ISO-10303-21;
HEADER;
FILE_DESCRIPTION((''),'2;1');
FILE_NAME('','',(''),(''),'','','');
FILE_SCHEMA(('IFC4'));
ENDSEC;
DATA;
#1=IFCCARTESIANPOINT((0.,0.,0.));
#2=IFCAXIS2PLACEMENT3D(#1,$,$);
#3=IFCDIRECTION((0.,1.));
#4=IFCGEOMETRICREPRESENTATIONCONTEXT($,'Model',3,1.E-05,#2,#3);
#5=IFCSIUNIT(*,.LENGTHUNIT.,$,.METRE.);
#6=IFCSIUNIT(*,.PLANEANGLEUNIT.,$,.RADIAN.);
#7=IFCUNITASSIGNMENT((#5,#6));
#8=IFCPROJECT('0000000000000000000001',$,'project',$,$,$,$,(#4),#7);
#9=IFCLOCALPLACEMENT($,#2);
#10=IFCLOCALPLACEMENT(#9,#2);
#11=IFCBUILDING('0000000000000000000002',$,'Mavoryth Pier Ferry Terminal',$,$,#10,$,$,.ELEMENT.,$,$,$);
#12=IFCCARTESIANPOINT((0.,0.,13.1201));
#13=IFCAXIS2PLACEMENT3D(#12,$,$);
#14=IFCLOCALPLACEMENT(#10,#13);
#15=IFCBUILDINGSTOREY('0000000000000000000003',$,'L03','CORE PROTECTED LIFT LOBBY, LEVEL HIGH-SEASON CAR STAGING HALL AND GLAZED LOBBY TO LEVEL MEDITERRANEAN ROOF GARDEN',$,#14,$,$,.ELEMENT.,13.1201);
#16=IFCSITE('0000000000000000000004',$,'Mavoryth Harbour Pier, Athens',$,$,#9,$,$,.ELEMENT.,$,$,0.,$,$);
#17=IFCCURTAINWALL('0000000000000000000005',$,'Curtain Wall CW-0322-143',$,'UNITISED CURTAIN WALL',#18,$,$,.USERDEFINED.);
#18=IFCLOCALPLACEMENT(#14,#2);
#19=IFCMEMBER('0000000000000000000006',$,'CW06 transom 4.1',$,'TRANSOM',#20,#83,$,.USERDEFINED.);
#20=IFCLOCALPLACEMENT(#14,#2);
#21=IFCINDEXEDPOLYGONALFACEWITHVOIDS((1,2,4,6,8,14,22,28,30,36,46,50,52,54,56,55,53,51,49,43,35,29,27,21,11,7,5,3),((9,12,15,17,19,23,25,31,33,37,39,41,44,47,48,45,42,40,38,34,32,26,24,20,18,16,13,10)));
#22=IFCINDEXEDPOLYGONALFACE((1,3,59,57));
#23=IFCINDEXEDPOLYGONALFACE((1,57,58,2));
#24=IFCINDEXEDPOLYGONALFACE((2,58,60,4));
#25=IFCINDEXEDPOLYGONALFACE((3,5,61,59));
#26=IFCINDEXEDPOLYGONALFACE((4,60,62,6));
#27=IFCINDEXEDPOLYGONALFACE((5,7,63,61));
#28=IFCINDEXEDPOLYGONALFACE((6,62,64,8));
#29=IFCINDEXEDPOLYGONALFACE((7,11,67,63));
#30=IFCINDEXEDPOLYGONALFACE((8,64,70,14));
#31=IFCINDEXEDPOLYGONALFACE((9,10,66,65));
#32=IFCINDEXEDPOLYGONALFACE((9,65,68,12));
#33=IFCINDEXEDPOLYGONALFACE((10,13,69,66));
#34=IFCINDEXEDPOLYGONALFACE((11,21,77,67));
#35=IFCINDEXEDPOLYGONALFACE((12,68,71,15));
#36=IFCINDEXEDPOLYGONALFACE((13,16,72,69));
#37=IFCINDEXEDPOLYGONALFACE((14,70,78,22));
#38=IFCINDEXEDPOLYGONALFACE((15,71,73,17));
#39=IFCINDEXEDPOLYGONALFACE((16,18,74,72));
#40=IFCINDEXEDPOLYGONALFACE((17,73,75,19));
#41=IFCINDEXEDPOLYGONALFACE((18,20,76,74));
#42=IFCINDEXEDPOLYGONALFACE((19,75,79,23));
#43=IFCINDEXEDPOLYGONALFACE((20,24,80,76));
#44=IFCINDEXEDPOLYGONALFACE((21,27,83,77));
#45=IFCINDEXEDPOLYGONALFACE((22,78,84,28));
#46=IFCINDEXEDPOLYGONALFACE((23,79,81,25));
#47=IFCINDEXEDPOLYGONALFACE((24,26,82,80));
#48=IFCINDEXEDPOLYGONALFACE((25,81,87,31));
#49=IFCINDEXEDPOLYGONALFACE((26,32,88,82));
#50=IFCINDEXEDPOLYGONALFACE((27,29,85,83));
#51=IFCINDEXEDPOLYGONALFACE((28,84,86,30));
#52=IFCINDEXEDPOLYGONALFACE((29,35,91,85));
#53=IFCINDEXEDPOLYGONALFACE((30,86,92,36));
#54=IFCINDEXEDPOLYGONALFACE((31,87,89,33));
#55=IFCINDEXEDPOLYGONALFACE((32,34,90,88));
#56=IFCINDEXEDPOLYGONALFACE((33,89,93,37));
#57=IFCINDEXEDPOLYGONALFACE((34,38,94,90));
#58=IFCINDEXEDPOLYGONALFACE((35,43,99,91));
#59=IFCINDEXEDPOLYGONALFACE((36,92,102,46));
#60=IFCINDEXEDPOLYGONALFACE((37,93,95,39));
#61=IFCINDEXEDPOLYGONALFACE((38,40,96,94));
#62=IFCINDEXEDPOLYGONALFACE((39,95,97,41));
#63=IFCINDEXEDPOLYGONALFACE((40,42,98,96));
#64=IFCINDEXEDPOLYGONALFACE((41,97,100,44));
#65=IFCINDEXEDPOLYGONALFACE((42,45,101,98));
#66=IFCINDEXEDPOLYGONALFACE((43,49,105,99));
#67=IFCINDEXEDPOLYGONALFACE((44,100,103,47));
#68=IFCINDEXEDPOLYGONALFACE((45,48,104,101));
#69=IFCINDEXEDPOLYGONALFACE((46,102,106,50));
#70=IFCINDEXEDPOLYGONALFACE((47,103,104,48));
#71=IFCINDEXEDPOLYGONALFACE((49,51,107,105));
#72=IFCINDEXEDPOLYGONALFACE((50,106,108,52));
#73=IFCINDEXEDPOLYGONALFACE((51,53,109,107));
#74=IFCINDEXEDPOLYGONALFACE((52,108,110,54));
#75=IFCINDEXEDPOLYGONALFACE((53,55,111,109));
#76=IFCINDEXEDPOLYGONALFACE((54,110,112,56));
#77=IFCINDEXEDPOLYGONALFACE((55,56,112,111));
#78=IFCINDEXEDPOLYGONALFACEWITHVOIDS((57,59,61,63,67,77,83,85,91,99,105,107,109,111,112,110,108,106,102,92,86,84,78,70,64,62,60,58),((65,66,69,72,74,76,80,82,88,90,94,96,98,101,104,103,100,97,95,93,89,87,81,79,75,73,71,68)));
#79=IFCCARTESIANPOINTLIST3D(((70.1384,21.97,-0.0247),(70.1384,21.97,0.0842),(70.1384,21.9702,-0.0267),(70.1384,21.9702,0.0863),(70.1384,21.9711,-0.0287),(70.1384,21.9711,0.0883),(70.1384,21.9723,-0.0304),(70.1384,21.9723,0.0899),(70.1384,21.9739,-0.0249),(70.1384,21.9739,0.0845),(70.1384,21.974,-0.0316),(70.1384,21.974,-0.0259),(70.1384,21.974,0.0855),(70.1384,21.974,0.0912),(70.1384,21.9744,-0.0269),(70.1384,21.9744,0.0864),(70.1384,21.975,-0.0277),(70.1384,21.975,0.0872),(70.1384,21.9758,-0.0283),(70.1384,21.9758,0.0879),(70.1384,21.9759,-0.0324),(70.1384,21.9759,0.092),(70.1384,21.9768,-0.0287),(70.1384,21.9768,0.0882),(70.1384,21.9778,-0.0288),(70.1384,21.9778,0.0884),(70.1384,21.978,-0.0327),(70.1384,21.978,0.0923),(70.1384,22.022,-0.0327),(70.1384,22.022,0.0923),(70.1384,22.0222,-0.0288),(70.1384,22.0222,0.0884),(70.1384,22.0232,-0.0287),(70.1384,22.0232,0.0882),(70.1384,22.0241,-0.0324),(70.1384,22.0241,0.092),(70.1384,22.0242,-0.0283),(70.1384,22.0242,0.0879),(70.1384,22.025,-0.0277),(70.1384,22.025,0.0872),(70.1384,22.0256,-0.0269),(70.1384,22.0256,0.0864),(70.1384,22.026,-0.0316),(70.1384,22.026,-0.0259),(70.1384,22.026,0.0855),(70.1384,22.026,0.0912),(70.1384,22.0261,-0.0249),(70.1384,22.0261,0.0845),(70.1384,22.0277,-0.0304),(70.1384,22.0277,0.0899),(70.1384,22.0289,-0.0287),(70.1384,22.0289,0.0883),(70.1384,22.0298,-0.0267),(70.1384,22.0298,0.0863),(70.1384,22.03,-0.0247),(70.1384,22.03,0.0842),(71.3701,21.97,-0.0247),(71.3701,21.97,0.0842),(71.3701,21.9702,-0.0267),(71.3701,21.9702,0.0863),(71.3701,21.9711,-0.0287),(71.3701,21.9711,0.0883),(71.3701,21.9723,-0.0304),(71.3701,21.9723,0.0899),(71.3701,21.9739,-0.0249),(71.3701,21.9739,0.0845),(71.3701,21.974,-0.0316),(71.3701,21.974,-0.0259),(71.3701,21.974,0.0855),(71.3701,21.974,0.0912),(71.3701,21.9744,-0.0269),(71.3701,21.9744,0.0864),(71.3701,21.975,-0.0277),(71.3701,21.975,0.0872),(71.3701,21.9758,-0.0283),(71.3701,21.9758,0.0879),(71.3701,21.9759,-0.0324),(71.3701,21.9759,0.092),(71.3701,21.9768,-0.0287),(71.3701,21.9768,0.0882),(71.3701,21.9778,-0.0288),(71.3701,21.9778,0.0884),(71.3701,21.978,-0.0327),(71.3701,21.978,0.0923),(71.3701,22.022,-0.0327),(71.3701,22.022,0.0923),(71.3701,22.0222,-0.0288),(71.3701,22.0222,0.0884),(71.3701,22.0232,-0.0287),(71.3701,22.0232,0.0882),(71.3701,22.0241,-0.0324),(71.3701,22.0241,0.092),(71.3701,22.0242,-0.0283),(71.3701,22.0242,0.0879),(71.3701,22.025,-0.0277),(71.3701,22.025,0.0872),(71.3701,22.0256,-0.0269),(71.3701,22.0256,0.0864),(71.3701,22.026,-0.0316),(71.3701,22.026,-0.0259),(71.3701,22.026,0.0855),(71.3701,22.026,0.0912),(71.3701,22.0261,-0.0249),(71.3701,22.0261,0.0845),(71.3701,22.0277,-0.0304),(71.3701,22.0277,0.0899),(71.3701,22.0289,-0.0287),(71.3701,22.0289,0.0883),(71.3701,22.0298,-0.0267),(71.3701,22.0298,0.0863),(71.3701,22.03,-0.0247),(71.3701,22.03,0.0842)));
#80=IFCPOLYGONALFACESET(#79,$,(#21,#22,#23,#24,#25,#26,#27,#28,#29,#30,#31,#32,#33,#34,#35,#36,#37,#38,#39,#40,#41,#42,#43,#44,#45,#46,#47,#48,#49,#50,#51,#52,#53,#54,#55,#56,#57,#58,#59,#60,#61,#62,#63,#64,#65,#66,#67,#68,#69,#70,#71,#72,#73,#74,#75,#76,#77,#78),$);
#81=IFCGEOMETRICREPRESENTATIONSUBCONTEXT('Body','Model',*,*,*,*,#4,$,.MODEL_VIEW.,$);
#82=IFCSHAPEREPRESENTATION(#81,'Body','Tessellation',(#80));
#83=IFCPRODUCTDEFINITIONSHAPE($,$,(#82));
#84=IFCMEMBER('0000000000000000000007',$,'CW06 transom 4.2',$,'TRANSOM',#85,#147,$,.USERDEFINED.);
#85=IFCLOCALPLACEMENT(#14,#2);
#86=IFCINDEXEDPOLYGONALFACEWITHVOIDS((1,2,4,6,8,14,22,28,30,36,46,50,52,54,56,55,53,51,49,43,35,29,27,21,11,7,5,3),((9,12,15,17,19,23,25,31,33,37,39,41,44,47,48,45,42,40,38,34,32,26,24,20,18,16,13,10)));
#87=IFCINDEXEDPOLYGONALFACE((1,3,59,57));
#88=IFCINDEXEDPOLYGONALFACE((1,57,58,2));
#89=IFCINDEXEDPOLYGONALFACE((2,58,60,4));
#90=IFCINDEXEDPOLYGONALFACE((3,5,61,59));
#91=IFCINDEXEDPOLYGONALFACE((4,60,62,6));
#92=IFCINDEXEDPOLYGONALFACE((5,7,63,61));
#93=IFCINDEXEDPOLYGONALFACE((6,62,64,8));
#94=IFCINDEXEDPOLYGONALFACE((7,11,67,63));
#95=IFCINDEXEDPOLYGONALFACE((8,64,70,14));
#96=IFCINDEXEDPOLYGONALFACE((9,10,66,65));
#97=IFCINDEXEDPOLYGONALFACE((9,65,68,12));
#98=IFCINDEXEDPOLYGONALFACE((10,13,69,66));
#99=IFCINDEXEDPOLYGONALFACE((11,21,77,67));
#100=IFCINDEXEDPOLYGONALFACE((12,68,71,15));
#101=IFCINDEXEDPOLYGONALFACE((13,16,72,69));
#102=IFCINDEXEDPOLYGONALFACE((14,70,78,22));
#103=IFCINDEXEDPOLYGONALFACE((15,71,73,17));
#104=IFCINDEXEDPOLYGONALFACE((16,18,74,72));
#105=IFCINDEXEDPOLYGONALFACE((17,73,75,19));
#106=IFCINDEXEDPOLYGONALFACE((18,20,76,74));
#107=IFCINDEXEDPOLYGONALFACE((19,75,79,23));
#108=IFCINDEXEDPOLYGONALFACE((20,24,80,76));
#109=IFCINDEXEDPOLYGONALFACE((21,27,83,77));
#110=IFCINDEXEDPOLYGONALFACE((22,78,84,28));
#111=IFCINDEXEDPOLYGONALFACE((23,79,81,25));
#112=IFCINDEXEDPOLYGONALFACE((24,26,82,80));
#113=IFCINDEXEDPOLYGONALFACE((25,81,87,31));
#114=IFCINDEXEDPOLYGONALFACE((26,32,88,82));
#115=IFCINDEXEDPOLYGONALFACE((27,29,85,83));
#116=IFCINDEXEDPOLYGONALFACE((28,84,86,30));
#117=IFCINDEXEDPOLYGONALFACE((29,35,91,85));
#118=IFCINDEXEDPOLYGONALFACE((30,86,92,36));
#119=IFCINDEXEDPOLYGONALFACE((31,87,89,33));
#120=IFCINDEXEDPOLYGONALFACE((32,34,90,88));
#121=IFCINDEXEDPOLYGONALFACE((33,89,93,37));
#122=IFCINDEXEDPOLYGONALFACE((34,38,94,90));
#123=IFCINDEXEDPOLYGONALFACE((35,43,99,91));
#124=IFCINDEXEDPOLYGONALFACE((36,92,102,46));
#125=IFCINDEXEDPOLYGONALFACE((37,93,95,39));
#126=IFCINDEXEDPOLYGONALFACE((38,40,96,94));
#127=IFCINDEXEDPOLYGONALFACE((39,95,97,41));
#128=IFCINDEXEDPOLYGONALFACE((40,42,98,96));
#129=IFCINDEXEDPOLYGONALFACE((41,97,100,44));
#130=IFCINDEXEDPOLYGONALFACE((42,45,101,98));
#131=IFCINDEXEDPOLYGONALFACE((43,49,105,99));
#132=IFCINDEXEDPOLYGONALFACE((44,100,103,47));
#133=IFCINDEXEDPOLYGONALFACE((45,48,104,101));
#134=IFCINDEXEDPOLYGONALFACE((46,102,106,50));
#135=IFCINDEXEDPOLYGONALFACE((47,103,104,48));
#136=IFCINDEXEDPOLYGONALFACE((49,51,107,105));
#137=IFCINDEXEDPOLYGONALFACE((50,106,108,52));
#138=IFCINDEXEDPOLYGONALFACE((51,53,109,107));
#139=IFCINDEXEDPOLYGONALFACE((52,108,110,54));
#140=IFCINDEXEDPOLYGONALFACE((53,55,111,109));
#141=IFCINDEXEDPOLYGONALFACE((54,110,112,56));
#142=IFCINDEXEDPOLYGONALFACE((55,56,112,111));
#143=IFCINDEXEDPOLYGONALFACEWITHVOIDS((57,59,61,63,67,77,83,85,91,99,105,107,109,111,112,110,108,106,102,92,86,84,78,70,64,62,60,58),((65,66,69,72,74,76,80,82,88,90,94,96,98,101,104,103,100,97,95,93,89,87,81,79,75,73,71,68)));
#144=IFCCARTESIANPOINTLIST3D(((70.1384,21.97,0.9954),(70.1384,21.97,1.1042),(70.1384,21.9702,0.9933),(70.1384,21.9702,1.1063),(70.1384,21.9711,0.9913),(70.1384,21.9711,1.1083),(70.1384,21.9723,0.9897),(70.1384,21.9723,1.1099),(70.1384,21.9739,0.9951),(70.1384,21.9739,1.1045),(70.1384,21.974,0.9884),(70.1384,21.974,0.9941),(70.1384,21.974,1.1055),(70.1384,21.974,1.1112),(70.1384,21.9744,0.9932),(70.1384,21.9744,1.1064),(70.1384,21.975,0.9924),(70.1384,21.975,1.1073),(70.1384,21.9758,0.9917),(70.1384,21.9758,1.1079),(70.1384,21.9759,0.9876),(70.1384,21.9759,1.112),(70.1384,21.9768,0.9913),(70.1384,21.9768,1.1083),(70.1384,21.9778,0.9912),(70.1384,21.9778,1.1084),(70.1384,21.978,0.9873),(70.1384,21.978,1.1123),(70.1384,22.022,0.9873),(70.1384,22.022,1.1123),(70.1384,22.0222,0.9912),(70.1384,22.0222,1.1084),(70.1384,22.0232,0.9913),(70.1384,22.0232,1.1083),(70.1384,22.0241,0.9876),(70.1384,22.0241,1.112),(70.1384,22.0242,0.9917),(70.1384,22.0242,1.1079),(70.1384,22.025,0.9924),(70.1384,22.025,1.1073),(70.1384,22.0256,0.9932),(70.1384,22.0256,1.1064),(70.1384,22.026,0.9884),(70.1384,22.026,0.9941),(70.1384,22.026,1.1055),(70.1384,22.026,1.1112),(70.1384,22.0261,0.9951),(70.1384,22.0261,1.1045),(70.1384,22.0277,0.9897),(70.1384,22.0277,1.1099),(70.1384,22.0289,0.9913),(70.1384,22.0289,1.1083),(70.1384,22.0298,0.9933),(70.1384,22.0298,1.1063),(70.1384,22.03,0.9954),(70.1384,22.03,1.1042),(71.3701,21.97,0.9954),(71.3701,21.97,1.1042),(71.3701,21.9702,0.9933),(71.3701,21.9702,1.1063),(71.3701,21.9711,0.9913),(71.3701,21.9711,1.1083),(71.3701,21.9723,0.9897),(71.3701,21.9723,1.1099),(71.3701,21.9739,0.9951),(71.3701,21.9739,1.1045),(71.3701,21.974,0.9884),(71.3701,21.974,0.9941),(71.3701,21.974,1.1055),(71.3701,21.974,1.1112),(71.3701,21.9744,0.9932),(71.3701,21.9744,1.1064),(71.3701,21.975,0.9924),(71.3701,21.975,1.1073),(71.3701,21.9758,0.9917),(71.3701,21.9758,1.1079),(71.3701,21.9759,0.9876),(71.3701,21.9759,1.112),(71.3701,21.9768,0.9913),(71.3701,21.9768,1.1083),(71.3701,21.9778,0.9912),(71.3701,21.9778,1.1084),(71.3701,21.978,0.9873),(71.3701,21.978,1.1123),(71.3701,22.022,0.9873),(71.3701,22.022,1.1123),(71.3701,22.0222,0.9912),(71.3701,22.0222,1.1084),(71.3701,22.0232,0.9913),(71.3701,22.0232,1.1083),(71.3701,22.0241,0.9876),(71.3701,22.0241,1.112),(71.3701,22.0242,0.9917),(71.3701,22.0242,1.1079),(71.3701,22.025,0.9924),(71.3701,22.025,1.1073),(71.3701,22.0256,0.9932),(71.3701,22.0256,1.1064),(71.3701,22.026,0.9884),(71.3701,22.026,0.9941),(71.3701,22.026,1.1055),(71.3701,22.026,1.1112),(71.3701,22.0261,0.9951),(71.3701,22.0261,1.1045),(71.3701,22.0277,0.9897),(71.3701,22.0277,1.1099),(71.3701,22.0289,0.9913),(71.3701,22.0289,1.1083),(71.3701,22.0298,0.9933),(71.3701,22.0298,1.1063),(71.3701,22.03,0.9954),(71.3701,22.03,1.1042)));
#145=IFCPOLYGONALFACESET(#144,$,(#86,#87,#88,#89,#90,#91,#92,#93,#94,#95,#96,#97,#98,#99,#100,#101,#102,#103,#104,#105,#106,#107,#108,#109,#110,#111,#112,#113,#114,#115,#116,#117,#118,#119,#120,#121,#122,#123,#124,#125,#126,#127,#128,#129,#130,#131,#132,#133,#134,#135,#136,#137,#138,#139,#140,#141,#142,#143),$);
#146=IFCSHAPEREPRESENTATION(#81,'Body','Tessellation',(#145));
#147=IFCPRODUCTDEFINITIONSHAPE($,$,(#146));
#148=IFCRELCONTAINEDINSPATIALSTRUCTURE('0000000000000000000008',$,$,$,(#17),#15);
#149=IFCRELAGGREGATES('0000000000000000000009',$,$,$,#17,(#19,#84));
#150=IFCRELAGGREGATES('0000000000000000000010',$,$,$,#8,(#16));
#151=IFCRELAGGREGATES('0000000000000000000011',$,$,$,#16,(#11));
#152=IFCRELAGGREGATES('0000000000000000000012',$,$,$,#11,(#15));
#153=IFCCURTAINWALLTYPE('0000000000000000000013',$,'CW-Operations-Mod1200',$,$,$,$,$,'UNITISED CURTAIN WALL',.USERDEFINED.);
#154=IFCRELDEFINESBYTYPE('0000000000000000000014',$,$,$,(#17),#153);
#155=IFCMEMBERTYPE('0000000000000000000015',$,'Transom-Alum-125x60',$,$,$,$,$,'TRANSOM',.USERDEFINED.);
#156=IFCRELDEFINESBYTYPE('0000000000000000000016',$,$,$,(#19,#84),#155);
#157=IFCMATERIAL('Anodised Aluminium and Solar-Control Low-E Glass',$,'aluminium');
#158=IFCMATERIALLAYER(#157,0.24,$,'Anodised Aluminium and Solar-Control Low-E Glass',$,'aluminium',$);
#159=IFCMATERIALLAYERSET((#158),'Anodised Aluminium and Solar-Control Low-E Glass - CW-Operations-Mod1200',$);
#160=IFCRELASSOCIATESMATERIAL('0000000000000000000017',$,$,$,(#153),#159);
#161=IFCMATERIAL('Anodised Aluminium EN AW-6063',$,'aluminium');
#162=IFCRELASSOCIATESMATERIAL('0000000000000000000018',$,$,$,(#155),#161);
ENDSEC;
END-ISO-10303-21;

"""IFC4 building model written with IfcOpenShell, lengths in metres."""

from ifc_helpers import new_model, si_unit, direction, frame, origin, origin_2d, place, context, subcontext, project, spatial, hollow_rectangle, extrude, material, layer, layer_set, material_profile, profile_set, type_object, element, aggregate, save


model = new_model("IFC4")

# Units and contexts
model_context = context("Model", 3, precision=1e-05, world=origin(), true_north=direction((0.0, 1.0)))
body_context = subcontext(model_context, "Body", "Model", "MODEL_VIEW")
ifc_project = project(units=[si_unit("LENGTHUNIT", "METRE"), si_unit("PLANEANGLEUNIT", "RADIAN")], contexts=[model_context])

# Site, building, storey
site_placement = place(None, origin())
site = spatial("IfcSite", under=ifc_project, at=site_placement, Name="Mavoryth Harbour Pier, Athens", CompositionType="ELEMENT", RefElevation=0.0)
building_placement = place(site_placement, origin())
building = spatial("IfcBuilding", under=site, at=building_placement, Name="Mavoryth Pier Ferry Terminal", CompositionType="ELEMENT")
storey_placement = place(building_placement, frame((0.0, 0.0, 13.1201)))
storey = spatial("IfcBuildingStorey", under=building, at=storey_placement, Name="L03", Description="CORE PROTECTED LIFT LOBBY, LEVEL HIGH-SEASON CAR STAGING HALL AND GLAZED LOBBY TO LEVEL MEDITERRANEAN ROOF GARDEN", CompositionType="ELEMENT", Elevation=13.1201)

# Curtain wall, members
ifc_material_1 = material(Name="Anodised Aluminium and Solar-Control Low-E Glass", Category="aluminium")
ifc_layer_1 = layer(ifc_material_1, 0.24, Name="Anodised Aluminium and Solar-Control Low-E Glass", Category="aluminium")
ifc_layer_set_1 = layer_set([ifc_layer_1], Name="Anodised Aluminium and Solar-Control Low-E Glass - CW-Operations-Mod1200")
curtain_wall_type = type_object("IfcCurtainWallType", Name="CW-Operations-Mod1200", ElementType="UNITISED CURTAIN WALL", PredefinedType="USERDEFINED", material=ifc_layer_set_1)
curtain_wall_placement = place(storey_placement, origin())
curtain_wall = element("IfcCurtainWall", 1, at=curtain_wall_placement, inside=storey, type_object=curtain_wall_type, Name="Curtain Wall CW-0322-143", ObjectType="UNITISED CURTAIN WALL", PredefinedType="USERDEFINED")
ifc_material_2 = material(Name="Anodised Aluminium EN AW-6063", Category="aluminium")
ifc_material_profile_1 = material_profile(ifc_material_2, hollow_rectangle(XDim=0.0601, YDim=0.125, WallThickness=0.0039, InnerFilletRadius=0.0039, OuterFilletRadius=0.0081, at=origin_2d()), Name="AL-TRAN 125x60x4", Category="aluminium")
ifc_profile_set_1 = profile_set([ifc_material_profile_1], Name="Anodised Aluminium EN AW-6063 - AL-TRAN 125x60x4")
member_type_1 = type_object("IfcMemberType", Name="Transom-Alum-125x60", ElementType="TRANSOM", PredefinedType="USERDEFINED", material=ifc_profile_set_1)
member_1_placement = place(storey_placement, frame((71.3701, 22.0, 0.0298), z_axis=(-1.0, 0.0, 0.0), x_axis=(0.0, -1.0, 0.0)))
member_1 = element("IfcMember", 2, at=member_1_placement, type_object=member_type_1, Name="CW06 transom 4.1", ObjectType="TRANSOM", PredefinedType="USERDEFINED", context=body_context, shape_type="SweptSolid", body=[
    extrude(hollow_rectangle(XDim=0.0601, YDim=0.125, WallThickness=0.0039, InnerFilletRadius=0.0039, OuterFilletRadius=0.0081, at=origin_2d()), origin(), (0.0, 0.0, 1.0), 1.2317),
])
member_2_placement = place(storey_placement, frame((71.3701, 22.0, 1.0498), z_axis=(-1.0, 0.0, 0.0), x_axis=(0.0, -1.0, 0.0)))
member_2 = element("IfcMember", 3, at=member_2_placement, type_object=member_type_1, Name="CW06 transom 4.2", ObjectType="TRANSOM", PredefinedType="USERDEFINED", context=body_context, shape_type="SweptSolid", body=[
    extrude(hollow_rectangle(XDim=0.0601, YDim=0.125, WallThickness=0.0039, InnerFilletRadius=0.0039, OuterFilletRadius=0.0081, at=origin_2d()), origin(), (0.0, 0.0, 1.0), 1.2317),
])
aggregate(curtain_wall, [member_1, member_2])

save(model, "model.ifc")
